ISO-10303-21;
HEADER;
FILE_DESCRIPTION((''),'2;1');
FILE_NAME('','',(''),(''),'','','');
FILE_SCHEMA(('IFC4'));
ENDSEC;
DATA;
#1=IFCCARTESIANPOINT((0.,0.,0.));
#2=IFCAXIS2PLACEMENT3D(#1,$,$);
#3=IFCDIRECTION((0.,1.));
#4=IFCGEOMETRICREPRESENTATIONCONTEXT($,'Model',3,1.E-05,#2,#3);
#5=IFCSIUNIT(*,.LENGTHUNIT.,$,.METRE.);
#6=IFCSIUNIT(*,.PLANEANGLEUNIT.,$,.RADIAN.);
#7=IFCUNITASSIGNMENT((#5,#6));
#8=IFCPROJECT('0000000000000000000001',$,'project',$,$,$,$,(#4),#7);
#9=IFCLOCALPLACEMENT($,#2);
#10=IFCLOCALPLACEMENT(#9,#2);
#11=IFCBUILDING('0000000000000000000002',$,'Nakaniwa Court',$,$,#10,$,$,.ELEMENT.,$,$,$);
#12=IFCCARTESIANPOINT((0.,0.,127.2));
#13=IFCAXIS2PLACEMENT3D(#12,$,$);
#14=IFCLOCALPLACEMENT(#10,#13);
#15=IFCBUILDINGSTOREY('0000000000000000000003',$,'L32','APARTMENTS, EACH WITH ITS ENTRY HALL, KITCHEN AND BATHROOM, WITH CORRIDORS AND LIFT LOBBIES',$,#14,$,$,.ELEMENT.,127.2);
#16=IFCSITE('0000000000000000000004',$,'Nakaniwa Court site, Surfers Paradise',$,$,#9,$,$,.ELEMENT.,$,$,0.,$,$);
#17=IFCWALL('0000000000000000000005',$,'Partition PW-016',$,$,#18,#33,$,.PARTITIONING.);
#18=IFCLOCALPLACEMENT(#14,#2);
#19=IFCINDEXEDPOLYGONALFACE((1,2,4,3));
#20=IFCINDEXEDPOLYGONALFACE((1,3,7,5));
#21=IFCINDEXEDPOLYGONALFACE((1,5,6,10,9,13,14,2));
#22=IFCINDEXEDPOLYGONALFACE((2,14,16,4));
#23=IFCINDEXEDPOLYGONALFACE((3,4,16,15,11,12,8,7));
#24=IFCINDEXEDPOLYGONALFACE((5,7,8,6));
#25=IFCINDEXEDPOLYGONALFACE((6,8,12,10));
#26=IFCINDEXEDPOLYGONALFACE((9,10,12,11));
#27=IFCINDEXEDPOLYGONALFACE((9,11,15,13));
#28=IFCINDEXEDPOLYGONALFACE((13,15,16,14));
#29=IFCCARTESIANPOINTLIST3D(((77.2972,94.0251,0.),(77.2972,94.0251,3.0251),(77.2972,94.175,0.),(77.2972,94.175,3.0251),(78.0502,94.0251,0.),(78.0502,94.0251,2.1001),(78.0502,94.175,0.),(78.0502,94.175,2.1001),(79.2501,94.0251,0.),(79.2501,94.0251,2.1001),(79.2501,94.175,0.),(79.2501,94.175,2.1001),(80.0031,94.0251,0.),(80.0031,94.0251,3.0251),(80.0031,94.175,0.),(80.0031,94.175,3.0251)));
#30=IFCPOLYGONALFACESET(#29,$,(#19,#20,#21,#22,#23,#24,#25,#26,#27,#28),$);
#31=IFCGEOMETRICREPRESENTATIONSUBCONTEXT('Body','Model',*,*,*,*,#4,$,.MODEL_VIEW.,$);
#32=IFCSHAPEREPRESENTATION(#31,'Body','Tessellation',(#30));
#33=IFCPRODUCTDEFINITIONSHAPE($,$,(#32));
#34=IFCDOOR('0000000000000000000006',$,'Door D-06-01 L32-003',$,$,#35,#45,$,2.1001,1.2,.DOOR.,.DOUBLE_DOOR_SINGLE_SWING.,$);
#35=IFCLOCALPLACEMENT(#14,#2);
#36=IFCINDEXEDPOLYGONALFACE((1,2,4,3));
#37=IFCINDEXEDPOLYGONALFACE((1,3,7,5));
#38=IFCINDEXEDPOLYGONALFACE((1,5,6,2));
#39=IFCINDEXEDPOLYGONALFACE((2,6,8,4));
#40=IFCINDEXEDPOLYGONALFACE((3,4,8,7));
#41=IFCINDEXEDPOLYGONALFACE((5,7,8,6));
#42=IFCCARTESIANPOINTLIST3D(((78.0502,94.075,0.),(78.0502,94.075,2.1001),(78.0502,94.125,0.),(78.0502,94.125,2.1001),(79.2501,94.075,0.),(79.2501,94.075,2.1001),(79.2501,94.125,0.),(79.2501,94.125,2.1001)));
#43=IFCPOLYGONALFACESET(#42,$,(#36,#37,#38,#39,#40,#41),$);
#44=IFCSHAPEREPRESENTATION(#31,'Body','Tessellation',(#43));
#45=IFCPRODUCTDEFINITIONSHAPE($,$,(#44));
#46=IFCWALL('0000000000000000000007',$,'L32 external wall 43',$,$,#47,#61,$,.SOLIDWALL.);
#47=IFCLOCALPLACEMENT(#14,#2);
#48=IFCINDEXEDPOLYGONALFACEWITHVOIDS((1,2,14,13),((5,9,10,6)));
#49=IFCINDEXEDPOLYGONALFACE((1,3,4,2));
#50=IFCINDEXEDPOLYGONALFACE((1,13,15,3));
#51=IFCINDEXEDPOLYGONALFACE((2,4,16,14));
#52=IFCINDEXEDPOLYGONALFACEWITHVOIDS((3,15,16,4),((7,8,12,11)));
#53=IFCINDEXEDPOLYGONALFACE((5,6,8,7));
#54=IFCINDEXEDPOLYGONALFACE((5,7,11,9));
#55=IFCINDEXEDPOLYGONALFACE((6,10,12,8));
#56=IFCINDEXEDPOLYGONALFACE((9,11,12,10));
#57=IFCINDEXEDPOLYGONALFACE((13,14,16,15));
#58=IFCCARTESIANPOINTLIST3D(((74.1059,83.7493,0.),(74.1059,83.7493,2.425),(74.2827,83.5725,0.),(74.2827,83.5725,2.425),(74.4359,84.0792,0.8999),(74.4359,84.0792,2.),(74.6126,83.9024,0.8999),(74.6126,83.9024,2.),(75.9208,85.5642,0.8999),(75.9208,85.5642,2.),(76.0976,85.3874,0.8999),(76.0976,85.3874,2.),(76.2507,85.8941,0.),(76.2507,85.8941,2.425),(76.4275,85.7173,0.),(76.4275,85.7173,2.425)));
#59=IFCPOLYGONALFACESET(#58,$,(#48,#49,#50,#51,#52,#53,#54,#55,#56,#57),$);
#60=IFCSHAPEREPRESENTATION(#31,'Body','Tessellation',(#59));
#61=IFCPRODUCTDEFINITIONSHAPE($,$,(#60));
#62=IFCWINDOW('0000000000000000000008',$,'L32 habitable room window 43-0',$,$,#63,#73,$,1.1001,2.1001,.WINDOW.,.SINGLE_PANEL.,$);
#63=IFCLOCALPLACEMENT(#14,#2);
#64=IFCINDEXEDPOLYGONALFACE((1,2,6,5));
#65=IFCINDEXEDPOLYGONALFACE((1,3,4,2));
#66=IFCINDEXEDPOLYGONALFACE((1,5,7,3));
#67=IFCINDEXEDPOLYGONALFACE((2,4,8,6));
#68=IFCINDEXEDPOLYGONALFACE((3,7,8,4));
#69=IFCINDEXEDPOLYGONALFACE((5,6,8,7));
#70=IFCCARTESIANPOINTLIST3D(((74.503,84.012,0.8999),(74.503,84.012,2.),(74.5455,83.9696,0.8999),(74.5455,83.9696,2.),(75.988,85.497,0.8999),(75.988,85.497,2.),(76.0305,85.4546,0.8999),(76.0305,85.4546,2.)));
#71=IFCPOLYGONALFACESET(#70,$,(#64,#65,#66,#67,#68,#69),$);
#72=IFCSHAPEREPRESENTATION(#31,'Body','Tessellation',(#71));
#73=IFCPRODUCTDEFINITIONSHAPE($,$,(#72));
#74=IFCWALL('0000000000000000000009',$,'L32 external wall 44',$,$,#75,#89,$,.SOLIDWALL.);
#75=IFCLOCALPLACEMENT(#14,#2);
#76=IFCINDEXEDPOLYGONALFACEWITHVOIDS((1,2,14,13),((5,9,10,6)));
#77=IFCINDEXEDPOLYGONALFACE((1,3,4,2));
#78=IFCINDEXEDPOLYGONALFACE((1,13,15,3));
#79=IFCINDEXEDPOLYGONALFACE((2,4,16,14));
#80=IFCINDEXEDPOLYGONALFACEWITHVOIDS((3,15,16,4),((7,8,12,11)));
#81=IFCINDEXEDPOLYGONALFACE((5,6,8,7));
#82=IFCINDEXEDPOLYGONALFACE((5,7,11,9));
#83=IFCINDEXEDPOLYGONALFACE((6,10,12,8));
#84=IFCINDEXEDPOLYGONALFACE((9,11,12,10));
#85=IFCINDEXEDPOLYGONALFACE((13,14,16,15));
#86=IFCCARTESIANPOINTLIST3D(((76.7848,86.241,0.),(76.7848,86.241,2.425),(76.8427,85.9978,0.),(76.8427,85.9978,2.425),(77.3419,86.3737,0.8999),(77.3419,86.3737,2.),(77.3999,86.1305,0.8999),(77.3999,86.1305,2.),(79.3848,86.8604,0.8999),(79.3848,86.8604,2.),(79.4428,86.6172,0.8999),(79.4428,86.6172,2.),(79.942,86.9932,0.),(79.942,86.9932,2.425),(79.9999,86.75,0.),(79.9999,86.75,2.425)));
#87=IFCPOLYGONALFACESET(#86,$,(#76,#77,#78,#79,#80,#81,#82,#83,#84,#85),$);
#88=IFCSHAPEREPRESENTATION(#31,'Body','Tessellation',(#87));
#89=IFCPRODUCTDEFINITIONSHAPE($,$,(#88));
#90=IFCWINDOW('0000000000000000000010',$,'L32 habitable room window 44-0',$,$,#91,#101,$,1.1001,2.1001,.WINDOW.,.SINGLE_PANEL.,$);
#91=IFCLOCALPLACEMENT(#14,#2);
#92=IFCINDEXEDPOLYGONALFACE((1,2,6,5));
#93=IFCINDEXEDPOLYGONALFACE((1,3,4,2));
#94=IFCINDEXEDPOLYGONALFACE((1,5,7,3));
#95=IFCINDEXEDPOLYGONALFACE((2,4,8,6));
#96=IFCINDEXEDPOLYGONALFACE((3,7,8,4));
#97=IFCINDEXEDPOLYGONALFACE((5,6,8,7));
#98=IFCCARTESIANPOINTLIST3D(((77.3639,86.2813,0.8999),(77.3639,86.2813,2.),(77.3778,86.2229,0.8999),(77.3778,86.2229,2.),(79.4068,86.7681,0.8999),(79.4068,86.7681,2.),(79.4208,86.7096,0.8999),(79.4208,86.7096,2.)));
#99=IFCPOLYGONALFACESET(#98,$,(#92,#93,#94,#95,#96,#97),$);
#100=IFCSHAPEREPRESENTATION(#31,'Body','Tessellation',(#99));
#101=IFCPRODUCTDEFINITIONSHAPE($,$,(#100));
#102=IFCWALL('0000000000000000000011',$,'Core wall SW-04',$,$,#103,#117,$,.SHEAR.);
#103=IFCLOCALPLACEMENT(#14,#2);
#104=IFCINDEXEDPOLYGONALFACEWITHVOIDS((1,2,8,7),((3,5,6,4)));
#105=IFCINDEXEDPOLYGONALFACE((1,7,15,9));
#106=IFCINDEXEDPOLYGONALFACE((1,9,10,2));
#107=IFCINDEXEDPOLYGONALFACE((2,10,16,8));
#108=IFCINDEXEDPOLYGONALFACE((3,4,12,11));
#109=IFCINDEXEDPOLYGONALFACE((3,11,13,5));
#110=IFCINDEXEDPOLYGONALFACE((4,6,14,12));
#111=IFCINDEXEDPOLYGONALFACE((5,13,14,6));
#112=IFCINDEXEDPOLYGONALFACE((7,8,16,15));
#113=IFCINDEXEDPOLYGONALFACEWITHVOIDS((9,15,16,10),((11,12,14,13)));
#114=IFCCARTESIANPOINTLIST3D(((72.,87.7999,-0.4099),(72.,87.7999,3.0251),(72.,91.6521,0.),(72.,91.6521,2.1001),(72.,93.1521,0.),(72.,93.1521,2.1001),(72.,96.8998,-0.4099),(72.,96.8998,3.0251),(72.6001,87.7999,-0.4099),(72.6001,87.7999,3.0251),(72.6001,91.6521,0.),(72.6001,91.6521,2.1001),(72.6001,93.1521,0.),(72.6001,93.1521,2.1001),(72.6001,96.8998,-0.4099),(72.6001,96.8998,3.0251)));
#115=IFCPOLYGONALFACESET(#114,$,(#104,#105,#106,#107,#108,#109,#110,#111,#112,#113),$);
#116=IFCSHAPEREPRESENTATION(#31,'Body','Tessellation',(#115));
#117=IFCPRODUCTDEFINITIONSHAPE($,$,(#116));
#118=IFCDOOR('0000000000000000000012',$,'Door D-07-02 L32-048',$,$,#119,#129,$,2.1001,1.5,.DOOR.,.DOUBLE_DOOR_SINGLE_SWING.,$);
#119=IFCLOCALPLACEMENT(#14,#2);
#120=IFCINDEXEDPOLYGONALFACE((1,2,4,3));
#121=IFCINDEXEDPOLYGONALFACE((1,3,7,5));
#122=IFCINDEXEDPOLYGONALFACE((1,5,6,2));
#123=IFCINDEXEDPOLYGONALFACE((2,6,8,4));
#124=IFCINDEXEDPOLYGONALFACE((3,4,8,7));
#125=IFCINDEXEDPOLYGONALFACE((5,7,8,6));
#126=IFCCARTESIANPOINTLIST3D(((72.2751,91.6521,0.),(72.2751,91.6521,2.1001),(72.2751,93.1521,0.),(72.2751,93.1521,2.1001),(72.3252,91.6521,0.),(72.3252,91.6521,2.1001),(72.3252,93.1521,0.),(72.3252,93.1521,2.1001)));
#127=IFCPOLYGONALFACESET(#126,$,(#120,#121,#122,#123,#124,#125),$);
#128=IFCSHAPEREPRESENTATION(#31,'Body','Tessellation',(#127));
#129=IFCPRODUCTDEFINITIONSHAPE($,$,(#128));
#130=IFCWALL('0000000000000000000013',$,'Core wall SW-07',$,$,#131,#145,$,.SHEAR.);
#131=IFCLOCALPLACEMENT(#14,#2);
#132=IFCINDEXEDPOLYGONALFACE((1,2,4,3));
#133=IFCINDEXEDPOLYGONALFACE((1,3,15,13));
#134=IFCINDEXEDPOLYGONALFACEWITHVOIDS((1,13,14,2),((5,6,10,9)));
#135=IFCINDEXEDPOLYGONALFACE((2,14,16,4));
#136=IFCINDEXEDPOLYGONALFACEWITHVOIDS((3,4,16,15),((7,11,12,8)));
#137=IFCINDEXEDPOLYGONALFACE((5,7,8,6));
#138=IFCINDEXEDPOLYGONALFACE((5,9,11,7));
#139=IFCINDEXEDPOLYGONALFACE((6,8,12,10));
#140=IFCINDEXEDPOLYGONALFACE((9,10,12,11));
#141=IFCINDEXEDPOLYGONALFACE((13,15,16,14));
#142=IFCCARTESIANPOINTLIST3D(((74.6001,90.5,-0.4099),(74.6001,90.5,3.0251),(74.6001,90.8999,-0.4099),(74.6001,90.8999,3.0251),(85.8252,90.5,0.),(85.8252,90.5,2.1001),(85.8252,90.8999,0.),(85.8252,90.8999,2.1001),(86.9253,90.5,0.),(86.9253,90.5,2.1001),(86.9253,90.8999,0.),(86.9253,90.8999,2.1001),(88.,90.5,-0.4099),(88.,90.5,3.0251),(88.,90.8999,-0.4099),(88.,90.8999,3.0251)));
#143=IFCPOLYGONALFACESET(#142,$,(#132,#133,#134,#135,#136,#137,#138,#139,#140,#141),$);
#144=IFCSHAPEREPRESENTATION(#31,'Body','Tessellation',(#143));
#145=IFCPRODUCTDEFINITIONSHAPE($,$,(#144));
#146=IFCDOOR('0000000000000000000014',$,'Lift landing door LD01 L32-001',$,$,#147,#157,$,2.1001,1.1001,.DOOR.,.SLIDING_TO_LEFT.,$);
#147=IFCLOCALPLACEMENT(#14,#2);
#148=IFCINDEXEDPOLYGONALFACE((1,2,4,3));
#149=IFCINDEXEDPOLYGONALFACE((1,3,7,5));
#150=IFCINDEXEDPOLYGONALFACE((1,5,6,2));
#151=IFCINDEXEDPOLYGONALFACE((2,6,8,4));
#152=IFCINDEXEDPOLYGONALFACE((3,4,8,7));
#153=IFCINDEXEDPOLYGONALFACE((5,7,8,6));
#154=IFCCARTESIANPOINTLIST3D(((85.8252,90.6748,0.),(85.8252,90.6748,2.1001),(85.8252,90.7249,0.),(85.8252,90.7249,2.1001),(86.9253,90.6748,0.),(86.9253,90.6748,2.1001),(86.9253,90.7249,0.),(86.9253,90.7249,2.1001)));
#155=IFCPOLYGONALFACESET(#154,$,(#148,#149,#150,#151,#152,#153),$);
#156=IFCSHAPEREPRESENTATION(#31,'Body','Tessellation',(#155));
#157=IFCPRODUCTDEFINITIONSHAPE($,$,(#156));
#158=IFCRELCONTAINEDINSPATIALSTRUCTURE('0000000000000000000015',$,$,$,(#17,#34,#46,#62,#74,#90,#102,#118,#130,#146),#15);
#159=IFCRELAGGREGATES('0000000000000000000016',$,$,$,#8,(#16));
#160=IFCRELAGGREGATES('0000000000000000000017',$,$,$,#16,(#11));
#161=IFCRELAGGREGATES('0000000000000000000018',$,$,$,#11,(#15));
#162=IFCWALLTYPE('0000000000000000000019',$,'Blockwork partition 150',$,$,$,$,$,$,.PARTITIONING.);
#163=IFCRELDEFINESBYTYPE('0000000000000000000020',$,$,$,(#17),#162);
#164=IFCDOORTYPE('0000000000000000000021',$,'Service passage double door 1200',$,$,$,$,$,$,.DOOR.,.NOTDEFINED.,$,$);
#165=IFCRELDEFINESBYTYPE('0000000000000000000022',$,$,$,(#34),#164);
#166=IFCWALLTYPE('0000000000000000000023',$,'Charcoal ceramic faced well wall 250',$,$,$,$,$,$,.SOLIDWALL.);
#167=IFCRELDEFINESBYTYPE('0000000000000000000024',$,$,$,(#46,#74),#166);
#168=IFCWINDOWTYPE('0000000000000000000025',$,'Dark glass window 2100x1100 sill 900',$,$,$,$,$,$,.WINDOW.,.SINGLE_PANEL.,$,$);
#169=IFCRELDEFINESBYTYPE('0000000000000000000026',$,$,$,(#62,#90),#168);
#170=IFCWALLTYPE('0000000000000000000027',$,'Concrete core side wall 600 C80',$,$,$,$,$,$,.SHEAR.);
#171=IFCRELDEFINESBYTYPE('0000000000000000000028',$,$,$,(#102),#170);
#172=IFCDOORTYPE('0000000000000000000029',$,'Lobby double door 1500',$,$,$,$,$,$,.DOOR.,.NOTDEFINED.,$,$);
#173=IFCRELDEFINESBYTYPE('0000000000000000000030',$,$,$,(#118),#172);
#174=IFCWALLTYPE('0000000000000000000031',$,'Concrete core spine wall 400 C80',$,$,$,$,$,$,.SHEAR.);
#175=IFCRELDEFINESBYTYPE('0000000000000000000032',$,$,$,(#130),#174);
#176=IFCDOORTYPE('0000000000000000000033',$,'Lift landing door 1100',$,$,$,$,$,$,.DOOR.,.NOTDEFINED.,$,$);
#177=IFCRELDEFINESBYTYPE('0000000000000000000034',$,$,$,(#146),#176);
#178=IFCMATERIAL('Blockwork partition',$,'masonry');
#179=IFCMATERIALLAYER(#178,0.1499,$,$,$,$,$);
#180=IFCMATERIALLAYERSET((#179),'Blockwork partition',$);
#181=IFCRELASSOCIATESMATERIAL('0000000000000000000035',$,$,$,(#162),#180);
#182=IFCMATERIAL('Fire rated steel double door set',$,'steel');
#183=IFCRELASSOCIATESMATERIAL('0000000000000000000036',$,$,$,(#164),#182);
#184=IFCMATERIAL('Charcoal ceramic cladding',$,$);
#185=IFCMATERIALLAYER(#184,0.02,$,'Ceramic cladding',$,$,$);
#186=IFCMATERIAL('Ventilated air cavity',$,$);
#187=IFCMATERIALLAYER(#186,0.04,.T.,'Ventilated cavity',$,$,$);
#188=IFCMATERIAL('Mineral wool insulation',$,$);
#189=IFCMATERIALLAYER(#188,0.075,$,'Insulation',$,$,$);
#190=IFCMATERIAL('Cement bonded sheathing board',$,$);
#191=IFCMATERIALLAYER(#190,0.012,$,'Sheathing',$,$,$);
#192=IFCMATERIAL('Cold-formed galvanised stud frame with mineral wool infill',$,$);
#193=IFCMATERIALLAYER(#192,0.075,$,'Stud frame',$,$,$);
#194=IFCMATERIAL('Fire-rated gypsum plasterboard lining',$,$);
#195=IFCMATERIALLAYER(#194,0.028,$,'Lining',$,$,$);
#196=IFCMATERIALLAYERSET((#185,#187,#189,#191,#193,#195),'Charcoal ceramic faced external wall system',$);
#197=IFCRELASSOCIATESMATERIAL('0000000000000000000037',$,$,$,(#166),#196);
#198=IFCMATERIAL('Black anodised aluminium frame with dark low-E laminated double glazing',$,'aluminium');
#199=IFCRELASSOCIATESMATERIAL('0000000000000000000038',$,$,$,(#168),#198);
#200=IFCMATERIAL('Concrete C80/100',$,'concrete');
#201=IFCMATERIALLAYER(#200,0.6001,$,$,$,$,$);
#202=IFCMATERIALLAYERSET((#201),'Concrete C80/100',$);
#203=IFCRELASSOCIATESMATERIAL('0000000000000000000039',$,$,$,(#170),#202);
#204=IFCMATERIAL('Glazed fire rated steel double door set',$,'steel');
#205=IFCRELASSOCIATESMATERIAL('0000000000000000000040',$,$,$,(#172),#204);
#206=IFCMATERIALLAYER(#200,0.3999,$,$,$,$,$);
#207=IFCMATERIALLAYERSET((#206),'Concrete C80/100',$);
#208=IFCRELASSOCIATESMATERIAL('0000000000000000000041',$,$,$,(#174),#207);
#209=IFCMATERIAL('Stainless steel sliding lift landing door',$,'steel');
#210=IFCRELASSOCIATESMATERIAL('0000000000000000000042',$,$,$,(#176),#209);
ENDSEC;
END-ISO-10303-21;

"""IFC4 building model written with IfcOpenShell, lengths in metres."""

from ifc_helpers import new_model, si_unit, direction, frame, frame_2d, origin, place, context, subcontext, project, spatial, rectangle, extrude, material, layer, layer_set, type_object, element, fill, save


model = new_model("IFC4")

# Units and contexts
model_context = context("Model", 3, precision=1e-05, world=origin(), true_north=direction((0.0, 1.0)))
body_context = subcontext(model_context, "Body", "Model", "MODEL_VIEW")
ifc_project = project(units=[si_unit("LENGTHUNIT", "METRE"), si_unit("PLANEANGLEUNIT", "RADIAN")], contexts=[model_context])

# Site, building, storey
site_placement = place(None, origin())
site = spatial("IfcSite", under=ifc_project, at=site_placement, Name="Nakaniwa Court site, Surfers Paradise", CompositionType="ELEMENT", RefElevation=0.0)
building_placement = place(site_placement, origin())
building = spatial("IfcBuilding", under=site, at=building_placement, Name="Nakaniwa Court", CompositionType="ELEMENT")
storey_placement = place(building_placement, frame((0.0, 0.0, 127.2)))
storey = spatial("IfcBuildingStorey", under=building, at=storey_placement, Name="L32", Description="APARTMENTS, EACH WITH ITS ENTRY HALL, KITCHEN AND BATHROOM, WITH CORRIDORS AND LIFT LOBBIES", CompositionType="ELEMENT", Elevation=127.2)

# Shared definitions
ifc_material_1 = material(Name="Concrete C80/100", Category="concrete")

# Wall, opening, door
ifc_material_2 = material(Name="Blockwork partition", Category="masonry")
ifc_layer_1 = layer(ifc_material_2, 0.1499)
ifc_layer_set_1 = layer_set([ifc_layer_1], Name="Blockwork partition")
wall_type_1 = type_object("IfcWallType", Name="Blockwork partition 150", PredefinedType="PARTITIONING", material=ifc_layer_set_1)
wall_1_placement = place(storey_placement, frame((77.2971, 94.1001, 0.0), z_axis=(0.0, 0.0, 1.0), x_axis=(1.0, 0.0, 0.0)))
wall_1 = element("IfcWall", 1, at=wall_1_placement, inside=storey, type_object=wall_type_1, Name="Partition PW-016", PredefinedType="PARTITIONING", context=body_context, shape_type="SweptSolid", body=[
    extrude(rectangle(XDim=2.7058, YDim=0.1499, at=frame_2d((1.353, 0.0))), origin(), (0.0, 0.0, 1.0), 3.0251),
])
opening_1_placement = place(wall_1_placement, frame((0.7529, 0.0, 0.0)))
opening_1 = element("IfcOpeningElement", 2, at=opening_1_placement, cuts=wall_1, PredefinedType="OPENING", context=body_context, shape_type="SweptSolid", body=[
    extrude(rectangle(XDim=1.2, YDim=2.1001, at=frame_2d((0.6001, 1.05))), frame((0.0, 0.085, 0.0), z_axis=(0.0, -1.0, 0.0), x_axis=(1.0, 0.0, 0.0)), (0.0, 0.0, 1.0), 0.1699),
])
ifc_material_3 = material(Name="Fire rated steel double door set", Category="steel")
door_type_1 = type_object("IfcDoorType", Name="Service passage double door 1200", OperationType="NOTDEFINED", PredefinedType="DOOR", material=ifc_material_3)
door_1_placement = place(opening_1_placement, origin())
door_1 = element("IfcDoor", 3, at=door_1_placement, inside=storey, type_object=door_type_1, Name="Door D-06-01 L32-003", OperationType="DOUBLE_DOOR_SINGLE_SWING", OverallHeight=2.1001, OverallWidth=1.2, PredefinedType="DOOR", context=body_context, shape_type="SweptSolid", body=[
    extrude(rectangle(XDim=1.2, YDim=2.1001, at=frame_2d((0.6001, 1.05))), frame((0.0, 0.0249, 0.0), z_axis=(0.0, -1.0, 0.0), x_axis=(1.0, 0.0, 0.0)), (0.0, 0.0, 1.0), 0.05),
])
fill(opening_1, door_1)

# Walls, openings, windows
ifc_material_4 = material(Name="Charcoal ceramic cladding")
ifc_layer_2 = layer(ifc_material_4, 0.02, Name="Ceramic cladding")
ifc_material_5 = material(Name="Ventilated air cavity")
ifc_layer_3 = layer(ifc_material_5, 0.04, ventilated=True, Name="Ventilated cavity")
ifc_material_6 = material(Name="Mineral wool insulation")
ifc_layer_4 = layer(ifc_material_6, 0.075, Name="Insulation")
ifc_material_7 = material(Name="Cement bonded sheathing board")
ifc_layer_5 = layer(ifc_material_7, 0.012, Name="Sheathing")
ifc_material_8 = material(Name="Cold-formed galvanised stud frame with mineral wool infill")
ifc_layer_6 = layer(ifc_material_8, 0.075, Name="Stud frame")
ifc_material_9 = material(Name="Fire-rated gypsum plasterboard lining")
ifc_layer_7 = layer(ifc_material_9, 0.028, Name="Lining")
ifc_layer_set_2 = layer_set([ifc_layer_2, ifc_layer_3, ifc_layer_4, ifc_layer_5, ifc_layer_6, ifc_layer_7], Name="Charcoal ceramic faced external wall system")
wall_type_2 = type_object("IfcWallType", Name="Charcoal ceramic faced well wall 250", PredefinedType="SOLIDWALL", material=ifc_layer_set_2)
wall_2_placement = place(storey_placement, frame((74.1943, 83.6609, 0.0), z_axis=(0.0, 0.0, 1.0), x_axis=(0.707107, 0.707107, 0.0)))
wall_2 = element("IfcWall", 4, at=wall_2_placement, inside=storey, type_object=wall_type_2, Name="L32 external wall 43", PredefinedType="SOLIDWALL", context=body_context, shape_type="SweptSolid", body=[
    extrude(rectangle(XDim=3.0332, YDim=0.25, at=frame_2d((1.5166, 0.0))), origin(), (0.0, 0.0, 1.0), 2.425),
])
opening_2_placement = place(wall_2_placement, frame((0.4666, 0.0, 0.8999)))
opening_2 = element("IfcOpeningElement", 5, at=opening_2_placement, cuts=wall_2, PredefinedType="OPENING", context=body_context, shape_type="SweptSolid", body=[
    extrude(rectangle(XDim=2.1001, YDim=1.1001, at=frame_2d((1.05, 0.55))), frame((0.0, 0.135, 0.0), z_axis=(0.0, -1.0, 0.0), x_axis=(1.0, 0.0, 0.0)), (0.0, 0.0, 1.0), 0.27),
])
ifc_material_10 = material(Name="Black anodised aluminium frame with dark low-E laminated double glazing", Category="aluminium")
window_type = type_object("IfcWindowType", Name="Dark glass window 2100x1100 sill 900", PartitioningType="SINGLE_PANEL", PredefinedType="WINDOW", material=ifc_material_10)
window_1_placement = place(opening_2_placement, origin())
window_1 = element("IfcWindow", 6, at=window_1_placement, inside=storey, type_object=window_type, Name="L32 habitable room window 43-0", OverallHeight=1.1001, OverallWidth=2.1001, PartitioningType="SINGLE_PANEL", PredefinedType="WINDOW", context=body_context, shape_type="SweptSolid", body=[
    extrude(rectangle(XDim=2.1001, YDim=1.1001, at=frame_2d((1.05, 0.55))), frame((0.0, 0.03, 0.0), z_axis=(0.0, -1.0, 0.0), x_axis=(1.0, 0.0, 0.0)), (0.0, 0.0, 1.0), 0.0601),
])
fill(opening_2, window_1)
wall_3_placement = place(storey_placement, frame((76.8137, 86.1194, 0.0), z_axis=(0.0, 0.0, 1.0), x_axis=(0.972773, 0.23176, 0.0)))
wall_3 = element("IfcWall", 7, at=wall_3_placement, inside=storey, type_object=wall_type_2, Name="L32 external wall 44", PredefinedType="SOLIDWALL", context=body_context, shape_type="SweptSolid", body=[
    extrude(rectangle(XDim=3.2456, YDim=0.25, at=frame_2d((1.6228, 0.0))), origin(), (0.0, 0.0, 1.0), 2.425),
])
opening_3_placement = place(wall_3_placement, frame((0.5728, 0.0, 0.8999)))
opening_3 = element("IfcOpeningElement", 8, at=opening_3_placement, cuts=wall_3, PredefinedType="OPENING", context=body_context, shape_type="SweptSolid", body=[
    extrude(rectangle(XDim=2.1001, YDim=1.1001, at=frame_2d((1.05, 0.55))), frame((0.0, 0.135, 0.0), z_axis=(0.0, -1.0, 0.0), x_axis=(1.0, 0.0, 0.0)), (0.0, 0.0, 1.0), 0.27),
])
window_2_placement = place(opening_3_placement, origin())
window_2 = element("IfcWindow", 9, at=window_2_placement, inside=storey, type_object=window_type, Name="L32 habitable room window 44-0", OverallHeight=1.1001, OverallWidth=2.1001, PartitioningType="SINGLE_PANEL", PredefinedType="WINDOW", context=body_context, shape_type="SweptSolid", body=[
    extrude(rectangle(XDim=2.1001, YDim=1.1001, at=frame_2d((1.05, 0.55))), frame((0.0, 0.03, 0.0), z_axis=(0.0, -1.0, 0.0), x_axis=(1.0, 0.0, 0.0)), (0.0, 0.0, 1.0), 0.0601),
])
fill(opening_3, window_2)

# Walls, openings, doors
ifc_layer_8 = layer(ifc_material_1, 0.6001)
ifc_layer_set_3 = layer_set([ifc_layer_8], Name="Concrete C80/100")
wall_type_3 = type_object("IfcWallType", Name="Concrete core side wall 600 C80", PredefinedType="SHEAR", material=ifc_layer_set_3)
wall_4_placement = place(storey_placement, frame((72.3, 87.8, -0.4099), z_axis=(0.0, 0.0, 1.0), x_axis=(0.0, 1.0, 0.0)))
wall_4 = element("IfcWall", 10, at=wall_4_placement, inside=storey, type_object=wall_type_3, Name="Core wall SW-04", PredefinedType="SHEAR", context=body_context, shape_type="SweptSolid", body=[
    extrude(rectangle(XDim=9.0999, YDim=0.6001, at=frame_2d((4.5498, 0.0))), origin(), (0.0, 0.0, 1.0), 3.4351),
])
opening_4_placement = place(wall_4_placement, frame((3.8521, 0.0, 0.4099)))
opening_4 = element("IfcOpeningElement", 11, at=opening_4_placement, cuts=wall_4, PredefinedType="OPENING", context=body_context, shape_type="SweptSolid", body=[
    extrude(rectangle(XDim=1.5, YDim=2.1001, at=frame_2d((0.75, 1.05))), frame((0.0, 0.3101, 0.0), z_axis=(0.0, -1.0, 0.0), x_axis=(1.0, 0.0, 0.0)), (0.0, 0.0, 1.0), 0.6201),
])
ifc_material_11 = material(Name="Glazed fire rated steel double door set", Category="steel")
door_type_2 = type_object("IfcDoorType", Name="Lobby double door 1500", OperationType="NOTDEFINED", PredefinedType="DOOR", material=ifc_material_11)
door_2_placement = place(opening_4_placement, origin())
door_2 = element("IfcDoor", 12, at=door_2_placement, inside=storey, type_object=door_type_2, Name="Door D-07-02 L32-048", OperationType="DOUBLE_DOOR_SINGLE_SWING", OverallHeight=2.1001, OverallWidth=1.5, PredefinedType="DOOR", context=body_context, shape_type="SweptSolid", body=[
    extrude(rectangle(XDim=1.5, YDim=2.1001, at=frame_2d((0.75, 1.05))), frame((0.0, 0.0249, 0.0), z_axis=(0.0, -1.0, 0.0), x_axis=(1.0, 0.0, 0.0)), (0.0, 0.0, 1.0), 0.05),
])
fill(opening_4, door_2)
ifc_layer_9 = layer(ifc_material_1, 0.3999)
ifc_layer_set_4 = layer_set([ifc_layer_9], Name="Concrete C80/100")
wall_type_4 = type_object("IfcWallType", Name="Concrete core spine wall 400 C80", PredefinedType="SHEAR", material=ifc_layer_set_4)
wall_5_placement = place(storey_placement, frame((74.6001, 90.7, -0.4099), z_axis=(0.0, 0.0, 1.0), x_axis=(1.0, 0.0, 0.0)))
wall_5 = element("IfcWall", 13, at=wall_5_placement, inside=storey, type_object=wall_type_4, Name="Core wall SW-07", PredefinedType="SHEAR", context=body_context, shape_type="SweptSolid", body=[
    extrude(rectangle(XDim=13.3999, YDim=0.3999, at=frame_2d((6.7, 0.0))), origin(), (0.0, 0.0, 1.0), 3.4351),
])
opening_5_placement = place(wall_5_placement, frame((11.2251, 0.0, 0.4099)))
opening_5 = element("IfcOpeningElement", 14, at=opening_5_placement, cuts=wall_5, PredefinedType="OPENING", context=body_context, shape_type="SweptSolid", body=[
    extrude(rectangle(XDim=1.1001, YDim=2.1001, at=frame_2d((0.55, 1.05))), frame((0.0, 0.21, 0.0), z_axis=(0.0, -1.0, 0.0), x_axis=(1.0, 0.0, 0.0)), (0.0, 0.0, 1.0), 0.4199),
])
ifc_material_12 = material(Name="Stainless steel sliding lift landing door", Category="steel")
door_type_3 = type_object("IfcDoorType", Name="Lift landing door 1100", OperationType="NOTDEFINED", PredefinedType="DOOR", material=ifc_material_12)
door_3_placement = place(opening_5_placement, origin())
door_3 = element("IfcDoor", 15, at=door_3_placement, inside=storey, type_object=door_type_3, Name="Lift landing door LD01 L32-001", OperationType="SLIDING_TO_LEFT", OverallHeight=2.1001, OverallWidth=1.1001, PredefinedType="DOOR", context=body_context, shape_type="SweptSolid", body=[
    extrude(rectangle(XDim=1.1001, YDim=2.1001, at=frame_2d((0.55, 1.05))), frame((0.0, 0.0249, 0.0), z_axis=(0.0, -1.0, 0.0), x_axis=(1.0, 0.0, 0.0)), (0.0, 0.0, 1.0), 0.05),
])
fill(opening_5, door_3)

save(model, "model.ifc")
